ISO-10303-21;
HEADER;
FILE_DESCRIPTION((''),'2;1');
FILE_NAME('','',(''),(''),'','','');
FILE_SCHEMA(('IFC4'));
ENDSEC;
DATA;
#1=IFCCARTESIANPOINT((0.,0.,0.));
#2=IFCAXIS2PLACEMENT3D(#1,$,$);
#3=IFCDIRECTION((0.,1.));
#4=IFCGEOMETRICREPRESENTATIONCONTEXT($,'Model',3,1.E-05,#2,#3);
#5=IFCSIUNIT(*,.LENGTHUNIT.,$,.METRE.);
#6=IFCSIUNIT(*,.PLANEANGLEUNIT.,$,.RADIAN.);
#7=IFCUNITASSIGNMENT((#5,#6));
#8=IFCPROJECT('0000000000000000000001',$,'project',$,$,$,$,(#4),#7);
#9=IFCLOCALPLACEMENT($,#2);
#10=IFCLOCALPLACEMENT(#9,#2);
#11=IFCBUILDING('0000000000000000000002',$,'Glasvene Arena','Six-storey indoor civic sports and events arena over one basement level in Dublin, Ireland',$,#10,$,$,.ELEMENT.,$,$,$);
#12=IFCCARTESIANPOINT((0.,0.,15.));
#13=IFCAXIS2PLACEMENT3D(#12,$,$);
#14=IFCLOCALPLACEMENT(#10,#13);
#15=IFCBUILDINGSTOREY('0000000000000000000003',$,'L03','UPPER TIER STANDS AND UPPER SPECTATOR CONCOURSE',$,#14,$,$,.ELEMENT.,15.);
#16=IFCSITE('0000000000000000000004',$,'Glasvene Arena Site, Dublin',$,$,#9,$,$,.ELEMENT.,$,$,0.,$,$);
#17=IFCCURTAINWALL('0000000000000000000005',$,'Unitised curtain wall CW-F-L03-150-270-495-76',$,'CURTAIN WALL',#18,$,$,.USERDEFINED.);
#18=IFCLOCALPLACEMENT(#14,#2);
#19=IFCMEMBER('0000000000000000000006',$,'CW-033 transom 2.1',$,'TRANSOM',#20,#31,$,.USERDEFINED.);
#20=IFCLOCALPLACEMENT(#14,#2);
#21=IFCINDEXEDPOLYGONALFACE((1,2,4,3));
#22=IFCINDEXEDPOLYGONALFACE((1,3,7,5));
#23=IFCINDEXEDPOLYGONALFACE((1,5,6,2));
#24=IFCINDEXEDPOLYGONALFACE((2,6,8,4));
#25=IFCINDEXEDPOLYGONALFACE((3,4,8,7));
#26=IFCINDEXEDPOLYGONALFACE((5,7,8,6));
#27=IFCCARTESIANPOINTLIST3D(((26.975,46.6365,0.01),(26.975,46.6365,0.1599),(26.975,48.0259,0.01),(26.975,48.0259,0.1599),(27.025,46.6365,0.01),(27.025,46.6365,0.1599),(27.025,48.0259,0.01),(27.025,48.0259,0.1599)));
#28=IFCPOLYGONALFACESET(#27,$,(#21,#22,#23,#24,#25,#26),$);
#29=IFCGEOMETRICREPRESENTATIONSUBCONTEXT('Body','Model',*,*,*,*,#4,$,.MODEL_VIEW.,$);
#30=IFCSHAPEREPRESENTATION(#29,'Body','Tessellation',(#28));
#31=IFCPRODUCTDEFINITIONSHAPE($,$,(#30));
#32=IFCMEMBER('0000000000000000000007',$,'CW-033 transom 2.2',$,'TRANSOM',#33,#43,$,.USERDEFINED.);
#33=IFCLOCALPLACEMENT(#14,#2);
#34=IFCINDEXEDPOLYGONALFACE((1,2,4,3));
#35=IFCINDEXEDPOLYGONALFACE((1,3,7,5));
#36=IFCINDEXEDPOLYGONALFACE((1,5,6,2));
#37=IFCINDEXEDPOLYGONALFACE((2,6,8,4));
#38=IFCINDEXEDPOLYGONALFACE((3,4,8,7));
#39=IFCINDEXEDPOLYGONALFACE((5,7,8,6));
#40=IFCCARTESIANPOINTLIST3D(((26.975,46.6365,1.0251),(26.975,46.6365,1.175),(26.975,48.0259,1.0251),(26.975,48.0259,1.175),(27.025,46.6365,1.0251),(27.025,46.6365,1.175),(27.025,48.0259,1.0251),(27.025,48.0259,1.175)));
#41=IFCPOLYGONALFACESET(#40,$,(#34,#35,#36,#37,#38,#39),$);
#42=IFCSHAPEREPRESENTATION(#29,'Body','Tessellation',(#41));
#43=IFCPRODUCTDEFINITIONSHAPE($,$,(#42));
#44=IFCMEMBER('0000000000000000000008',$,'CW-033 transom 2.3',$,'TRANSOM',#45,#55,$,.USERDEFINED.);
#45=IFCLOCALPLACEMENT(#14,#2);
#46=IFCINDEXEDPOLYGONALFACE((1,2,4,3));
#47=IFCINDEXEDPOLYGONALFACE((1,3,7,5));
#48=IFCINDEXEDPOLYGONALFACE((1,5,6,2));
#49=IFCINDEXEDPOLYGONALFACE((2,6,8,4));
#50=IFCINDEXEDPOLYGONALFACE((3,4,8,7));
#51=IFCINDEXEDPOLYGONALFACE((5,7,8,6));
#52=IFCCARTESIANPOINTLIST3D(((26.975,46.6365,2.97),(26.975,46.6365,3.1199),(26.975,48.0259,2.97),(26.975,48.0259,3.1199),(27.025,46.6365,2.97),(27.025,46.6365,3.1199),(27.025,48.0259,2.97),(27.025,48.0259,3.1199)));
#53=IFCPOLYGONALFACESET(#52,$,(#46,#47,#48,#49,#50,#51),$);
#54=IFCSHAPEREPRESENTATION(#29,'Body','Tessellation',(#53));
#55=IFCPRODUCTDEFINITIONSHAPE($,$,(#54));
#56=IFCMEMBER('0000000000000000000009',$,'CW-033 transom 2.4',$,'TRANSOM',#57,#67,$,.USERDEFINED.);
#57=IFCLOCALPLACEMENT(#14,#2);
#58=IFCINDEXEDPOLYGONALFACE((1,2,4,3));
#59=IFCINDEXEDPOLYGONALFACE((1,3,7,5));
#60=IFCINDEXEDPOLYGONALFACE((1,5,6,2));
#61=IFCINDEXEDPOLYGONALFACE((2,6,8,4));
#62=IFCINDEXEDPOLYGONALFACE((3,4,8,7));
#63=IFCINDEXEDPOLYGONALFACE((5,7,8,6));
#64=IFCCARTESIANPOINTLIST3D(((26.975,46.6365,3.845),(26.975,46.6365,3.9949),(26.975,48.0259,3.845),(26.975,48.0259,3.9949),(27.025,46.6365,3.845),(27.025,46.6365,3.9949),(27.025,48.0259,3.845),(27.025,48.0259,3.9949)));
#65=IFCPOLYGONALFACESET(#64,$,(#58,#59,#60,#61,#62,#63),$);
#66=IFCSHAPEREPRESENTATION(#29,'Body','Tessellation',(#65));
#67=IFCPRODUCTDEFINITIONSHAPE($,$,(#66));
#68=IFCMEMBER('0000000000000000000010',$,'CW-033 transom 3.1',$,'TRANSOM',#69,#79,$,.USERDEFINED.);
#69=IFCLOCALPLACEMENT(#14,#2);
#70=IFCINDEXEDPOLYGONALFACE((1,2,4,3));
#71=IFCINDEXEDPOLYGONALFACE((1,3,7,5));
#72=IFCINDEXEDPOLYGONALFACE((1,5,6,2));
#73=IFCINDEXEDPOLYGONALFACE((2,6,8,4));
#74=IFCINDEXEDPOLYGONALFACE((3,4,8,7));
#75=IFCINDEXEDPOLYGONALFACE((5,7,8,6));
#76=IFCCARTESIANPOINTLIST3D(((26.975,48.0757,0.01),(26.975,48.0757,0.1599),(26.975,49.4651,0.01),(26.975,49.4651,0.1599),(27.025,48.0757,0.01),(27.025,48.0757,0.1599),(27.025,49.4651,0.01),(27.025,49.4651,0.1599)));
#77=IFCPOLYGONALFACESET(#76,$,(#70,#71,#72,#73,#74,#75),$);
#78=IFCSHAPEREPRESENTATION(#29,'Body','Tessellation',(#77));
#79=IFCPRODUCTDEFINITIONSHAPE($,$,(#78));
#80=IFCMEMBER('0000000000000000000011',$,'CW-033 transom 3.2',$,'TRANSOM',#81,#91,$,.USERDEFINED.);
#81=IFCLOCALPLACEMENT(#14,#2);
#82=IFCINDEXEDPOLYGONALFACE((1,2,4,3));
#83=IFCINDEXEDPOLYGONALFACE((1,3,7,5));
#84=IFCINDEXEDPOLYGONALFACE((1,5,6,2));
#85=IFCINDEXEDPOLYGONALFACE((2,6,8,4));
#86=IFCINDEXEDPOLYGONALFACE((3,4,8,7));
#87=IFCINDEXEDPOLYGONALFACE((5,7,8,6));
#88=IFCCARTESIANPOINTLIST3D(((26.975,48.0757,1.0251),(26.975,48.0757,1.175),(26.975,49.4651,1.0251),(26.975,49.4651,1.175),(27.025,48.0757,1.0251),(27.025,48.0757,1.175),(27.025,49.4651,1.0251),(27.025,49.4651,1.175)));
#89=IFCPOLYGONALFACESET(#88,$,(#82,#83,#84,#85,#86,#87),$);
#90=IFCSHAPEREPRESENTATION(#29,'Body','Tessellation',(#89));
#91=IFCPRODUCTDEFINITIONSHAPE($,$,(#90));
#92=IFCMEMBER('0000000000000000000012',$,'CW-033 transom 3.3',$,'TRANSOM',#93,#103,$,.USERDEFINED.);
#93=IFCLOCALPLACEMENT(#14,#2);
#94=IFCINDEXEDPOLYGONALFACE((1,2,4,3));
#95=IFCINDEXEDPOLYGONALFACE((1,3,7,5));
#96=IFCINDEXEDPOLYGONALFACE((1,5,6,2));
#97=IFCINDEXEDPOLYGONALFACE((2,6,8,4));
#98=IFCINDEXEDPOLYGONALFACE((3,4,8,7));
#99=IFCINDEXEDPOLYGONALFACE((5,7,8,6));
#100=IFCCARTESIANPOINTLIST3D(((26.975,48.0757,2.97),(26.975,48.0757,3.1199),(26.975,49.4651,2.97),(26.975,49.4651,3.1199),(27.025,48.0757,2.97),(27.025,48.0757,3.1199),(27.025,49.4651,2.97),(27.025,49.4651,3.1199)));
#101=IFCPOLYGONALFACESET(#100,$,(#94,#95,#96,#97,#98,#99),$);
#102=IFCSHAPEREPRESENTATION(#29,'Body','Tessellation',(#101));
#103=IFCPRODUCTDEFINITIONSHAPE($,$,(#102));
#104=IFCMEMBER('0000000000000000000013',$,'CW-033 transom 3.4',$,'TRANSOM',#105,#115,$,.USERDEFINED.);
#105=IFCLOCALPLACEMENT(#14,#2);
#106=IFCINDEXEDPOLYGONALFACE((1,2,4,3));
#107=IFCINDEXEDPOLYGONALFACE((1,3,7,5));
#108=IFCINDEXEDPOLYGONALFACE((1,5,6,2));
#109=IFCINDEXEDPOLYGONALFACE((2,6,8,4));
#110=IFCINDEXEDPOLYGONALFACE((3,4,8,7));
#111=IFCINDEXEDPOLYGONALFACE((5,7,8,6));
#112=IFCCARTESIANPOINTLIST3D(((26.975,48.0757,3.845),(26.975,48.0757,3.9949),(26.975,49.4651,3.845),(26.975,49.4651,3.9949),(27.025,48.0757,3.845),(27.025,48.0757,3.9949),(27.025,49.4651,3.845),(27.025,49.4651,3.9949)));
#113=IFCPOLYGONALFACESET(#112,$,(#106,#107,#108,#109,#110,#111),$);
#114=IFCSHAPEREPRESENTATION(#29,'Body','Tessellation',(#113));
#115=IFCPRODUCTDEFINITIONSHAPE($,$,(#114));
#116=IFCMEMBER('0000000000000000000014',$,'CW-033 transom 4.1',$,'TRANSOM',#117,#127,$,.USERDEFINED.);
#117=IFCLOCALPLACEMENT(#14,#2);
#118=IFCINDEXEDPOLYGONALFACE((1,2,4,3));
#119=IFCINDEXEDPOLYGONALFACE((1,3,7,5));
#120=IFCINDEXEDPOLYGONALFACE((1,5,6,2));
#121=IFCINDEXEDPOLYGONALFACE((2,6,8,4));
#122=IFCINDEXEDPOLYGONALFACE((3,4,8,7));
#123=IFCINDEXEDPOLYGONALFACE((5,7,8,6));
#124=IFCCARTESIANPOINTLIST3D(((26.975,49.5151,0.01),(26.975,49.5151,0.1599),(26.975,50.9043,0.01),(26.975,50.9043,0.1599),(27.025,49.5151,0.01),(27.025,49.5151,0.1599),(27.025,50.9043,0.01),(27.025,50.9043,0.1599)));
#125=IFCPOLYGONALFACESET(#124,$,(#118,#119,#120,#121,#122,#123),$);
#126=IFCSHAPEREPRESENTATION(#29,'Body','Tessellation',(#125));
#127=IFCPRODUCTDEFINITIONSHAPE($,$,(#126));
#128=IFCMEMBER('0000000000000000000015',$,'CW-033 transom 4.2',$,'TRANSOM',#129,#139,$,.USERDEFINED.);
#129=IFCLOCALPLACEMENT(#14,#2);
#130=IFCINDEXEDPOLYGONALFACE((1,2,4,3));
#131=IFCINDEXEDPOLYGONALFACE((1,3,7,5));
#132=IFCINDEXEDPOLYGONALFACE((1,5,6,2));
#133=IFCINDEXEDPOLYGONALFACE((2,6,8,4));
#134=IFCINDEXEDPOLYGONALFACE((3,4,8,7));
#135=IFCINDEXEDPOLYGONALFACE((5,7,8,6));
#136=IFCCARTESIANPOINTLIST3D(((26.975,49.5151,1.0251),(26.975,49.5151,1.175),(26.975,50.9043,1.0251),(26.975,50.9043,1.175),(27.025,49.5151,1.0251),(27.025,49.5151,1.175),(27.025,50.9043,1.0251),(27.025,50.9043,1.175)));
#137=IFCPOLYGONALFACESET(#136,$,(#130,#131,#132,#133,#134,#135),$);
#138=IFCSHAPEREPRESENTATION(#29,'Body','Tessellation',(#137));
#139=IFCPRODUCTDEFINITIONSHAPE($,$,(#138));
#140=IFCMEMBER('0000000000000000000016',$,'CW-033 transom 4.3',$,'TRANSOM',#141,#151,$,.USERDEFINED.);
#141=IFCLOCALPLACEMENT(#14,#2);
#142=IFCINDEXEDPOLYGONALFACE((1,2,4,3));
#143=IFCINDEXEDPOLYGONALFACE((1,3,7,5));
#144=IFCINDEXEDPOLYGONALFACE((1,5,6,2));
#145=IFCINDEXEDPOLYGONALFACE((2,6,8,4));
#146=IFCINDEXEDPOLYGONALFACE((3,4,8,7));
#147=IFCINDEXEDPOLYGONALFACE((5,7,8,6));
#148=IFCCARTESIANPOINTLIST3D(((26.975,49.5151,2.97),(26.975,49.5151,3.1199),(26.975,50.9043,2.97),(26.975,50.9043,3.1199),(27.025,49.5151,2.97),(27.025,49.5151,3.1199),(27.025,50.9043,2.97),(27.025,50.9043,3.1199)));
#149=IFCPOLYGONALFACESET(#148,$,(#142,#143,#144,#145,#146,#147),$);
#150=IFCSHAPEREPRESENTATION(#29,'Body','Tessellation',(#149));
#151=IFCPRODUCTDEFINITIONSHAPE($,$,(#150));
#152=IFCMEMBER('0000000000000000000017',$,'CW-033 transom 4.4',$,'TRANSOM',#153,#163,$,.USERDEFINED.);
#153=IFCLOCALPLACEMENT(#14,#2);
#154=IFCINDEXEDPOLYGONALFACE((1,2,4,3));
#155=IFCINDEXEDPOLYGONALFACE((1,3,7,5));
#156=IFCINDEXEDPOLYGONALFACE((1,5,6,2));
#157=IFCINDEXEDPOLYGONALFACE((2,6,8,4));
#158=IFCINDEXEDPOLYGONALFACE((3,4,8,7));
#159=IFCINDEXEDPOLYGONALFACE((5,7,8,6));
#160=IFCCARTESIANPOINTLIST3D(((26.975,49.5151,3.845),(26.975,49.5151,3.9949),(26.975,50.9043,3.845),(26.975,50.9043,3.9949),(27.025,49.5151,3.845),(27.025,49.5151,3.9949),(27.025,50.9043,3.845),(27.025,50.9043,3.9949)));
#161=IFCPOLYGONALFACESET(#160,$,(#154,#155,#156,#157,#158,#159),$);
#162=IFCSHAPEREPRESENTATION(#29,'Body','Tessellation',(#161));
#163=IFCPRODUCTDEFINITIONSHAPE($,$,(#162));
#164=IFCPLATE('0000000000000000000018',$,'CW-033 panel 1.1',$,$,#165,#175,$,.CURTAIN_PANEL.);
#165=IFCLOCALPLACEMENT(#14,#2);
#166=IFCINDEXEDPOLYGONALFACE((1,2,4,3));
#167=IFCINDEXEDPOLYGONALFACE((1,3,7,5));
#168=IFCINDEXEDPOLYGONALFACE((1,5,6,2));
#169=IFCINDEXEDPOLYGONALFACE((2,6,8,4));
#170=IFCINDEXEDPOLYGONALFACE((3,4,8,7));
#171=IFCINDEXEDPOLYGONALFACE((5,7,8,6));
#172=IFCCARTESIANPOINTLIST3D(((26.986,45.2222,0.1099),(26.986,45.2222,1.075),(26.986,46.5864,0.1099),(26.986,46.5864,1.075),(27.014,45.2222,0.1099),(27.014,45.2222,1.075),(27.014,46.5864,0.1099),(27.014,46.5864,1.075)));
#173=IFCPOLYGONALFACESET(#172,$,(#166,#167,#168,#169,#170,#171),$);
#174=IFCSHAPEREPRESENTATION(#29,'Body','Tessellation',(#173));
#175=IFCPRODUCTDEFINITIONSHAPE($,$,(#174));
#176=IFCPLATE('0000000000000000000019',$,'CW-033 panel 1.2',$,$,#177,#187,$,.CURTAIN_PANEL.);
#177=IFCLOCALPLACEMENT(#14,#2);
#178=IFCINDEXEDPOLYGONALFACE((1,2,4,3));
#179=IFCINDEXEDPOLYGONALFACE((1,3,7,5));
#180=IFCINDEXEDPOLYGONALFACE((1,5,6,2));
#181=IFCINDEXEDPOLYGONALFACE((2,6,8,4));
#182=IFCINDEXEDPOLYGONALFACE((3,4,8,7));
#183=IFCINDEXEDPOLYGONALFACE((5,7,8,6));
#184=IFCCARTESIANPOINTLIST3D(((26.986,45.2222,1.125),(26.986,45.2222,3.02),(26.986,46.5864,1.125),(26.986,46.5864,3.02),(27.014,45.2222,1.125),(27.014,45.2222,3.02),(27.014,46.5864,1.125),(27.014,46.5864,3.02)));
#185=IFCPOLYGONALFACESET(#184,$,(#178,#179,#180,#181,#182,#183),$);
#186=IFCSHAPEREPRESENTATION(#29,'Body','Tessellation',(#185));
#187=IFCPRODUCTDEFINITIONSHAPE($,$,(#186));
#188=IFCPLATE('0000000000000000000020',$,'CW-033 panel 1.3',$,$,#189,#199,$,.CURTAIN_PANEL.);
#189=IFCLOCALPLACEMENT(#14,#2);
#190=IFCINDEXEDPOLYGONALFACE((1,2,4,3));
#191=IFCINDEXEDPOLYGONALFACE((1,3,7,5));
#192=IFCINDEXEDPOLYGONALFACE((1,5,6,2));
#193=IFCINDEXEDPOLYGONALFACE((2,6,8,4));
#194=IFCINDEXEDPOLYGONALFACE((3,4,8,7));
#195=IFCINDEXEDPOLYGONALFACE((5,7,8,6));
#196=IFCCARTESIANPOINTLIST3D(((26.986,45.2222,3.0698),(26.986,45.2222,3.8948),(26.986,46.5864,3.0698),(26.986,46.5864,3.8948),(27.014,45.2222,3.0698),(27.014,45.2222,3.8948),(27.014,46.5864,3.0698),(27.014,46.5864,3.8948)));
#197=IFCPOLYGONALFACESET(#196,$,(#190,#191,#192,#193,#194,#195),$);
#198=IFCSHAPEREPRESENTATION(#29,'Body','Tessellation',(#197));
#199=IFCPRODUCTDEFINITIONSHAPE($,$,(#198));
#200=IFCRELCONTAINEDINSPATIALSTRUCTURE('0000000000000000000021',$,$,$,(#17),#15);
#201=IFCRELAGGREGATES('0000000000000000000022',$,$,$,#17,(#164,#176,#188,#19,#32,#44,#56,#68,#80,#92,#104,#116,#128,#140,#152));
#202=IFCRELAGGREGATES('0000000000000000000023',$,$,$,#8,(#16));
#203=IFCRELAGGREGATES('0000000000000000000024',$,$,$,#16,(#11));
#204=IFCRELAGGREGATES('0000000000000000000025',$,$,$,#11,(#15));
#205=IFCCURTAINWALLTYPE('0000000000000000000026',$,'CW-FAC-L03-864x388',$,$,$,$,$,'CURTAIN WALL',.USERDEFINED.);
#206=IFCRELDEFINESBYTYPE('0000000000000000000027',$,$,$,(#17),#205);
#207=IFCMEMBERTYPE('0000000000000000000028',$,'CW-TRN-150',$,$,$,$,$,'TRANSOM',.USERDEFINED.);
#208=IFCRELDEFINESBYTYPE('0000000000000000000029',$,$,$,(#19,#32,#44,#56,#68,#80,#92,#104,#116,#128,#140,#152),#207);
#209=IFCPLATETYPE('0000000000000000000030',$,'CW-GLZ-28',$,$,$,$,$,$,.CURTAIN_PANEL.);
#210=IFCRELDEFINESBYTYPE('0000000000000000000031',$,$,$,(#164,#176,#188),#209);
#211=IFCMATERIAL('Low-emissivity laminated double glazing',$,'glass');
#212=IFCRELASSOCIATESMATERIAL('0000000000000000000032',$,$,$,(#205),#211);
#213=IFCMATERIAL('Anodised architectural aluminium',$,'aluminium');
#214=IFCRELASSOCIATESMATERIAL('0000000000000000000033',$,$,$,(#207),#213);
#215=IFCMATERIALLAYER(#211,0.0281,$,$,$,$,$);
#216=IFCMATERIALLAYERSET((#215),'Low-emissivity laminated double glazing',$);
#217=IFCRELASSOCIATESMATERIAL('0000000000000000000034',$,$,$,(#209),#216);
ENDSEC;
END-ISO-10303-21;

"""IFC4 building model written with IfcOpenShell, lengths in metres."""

from ifc_helpers import new_model, si_unit, direction, frame, origin, origin_2d, place, context, subcontext, project, spatial, rectangle, extrude, material, layer, layer_set, material_profile, profile_set, type_object, element, aggregate, save


model = new_model("IFC4")

# Units and contexts
model_context = context("Model", 3, precision=1e-05, world=origin(), true_north=direction((0.0, 1.0)))
body_context = subcontext(model_context, "Body", "Model", "MODEL_VIEW")
ifc_project = project(units=[si_unit("LENGTHUNIT", "METRE"), si_unit("PLANEANGLEUNIT", "RADIAN")], contexts=[model_context])

# Site, building, storey
site_placement = place(None, origin())
site = spatial("IfcSite", under=ifc_project, at=site_placement, Name="Glasvene Arena Site, Dublin", CompositionType="ELEMENT", RefElevation=0.0)
building_placement = place(site_placement, origin())
building = spatial("IfcBuilding", under=site, at=building_placement, Name="Glasvene Arena", Description="Six-storey indoor civic sports and events arena over one basement level in Dublin, Ireland", CompositionType="ELEMENT")
storey_placement = place(building_placement, frame((0.0, 0.0, 15.0)))
storey = spatial("IfcBuildingStorey", under=building, at=storey_placement, Name="L03", Description="UPPER TIER STANDS AND UPPER SPECTATOR CONCOURSE", CompositionType="ELEMENT", Elevation=15.0)

# Curtain wall, members, plates
ifc_material_1 = material(Name="Low-emissivity laminated double glazing", Category="glass")
curtain_wall_type = type_object("IfcCurtainWallType", Name="CW-FAC-L03-864x388", ElementType="CURTAIN WALL", PredefinedType="USERDEFINED", material=ifc_material_1)
curtain_wall_placement = place(storey_placement, frame((27.0, 45.1721, 0.0)))
curtain_wall = element("IfcCurtainWall", 1, at=curtain_wall_placement, inside=storey, type_object=curtain_wall_type, Name="Unitised curtain wall CW-F-L03-150-270-495-76", ObjectType="CURTAIN WALL", PredefinedType="USERDEFINED")
ifc_material_2 = material(Name="Anodised architectural aluminium", Category="aluminium")
ifc_material_profile_1 = material_profile(ifc_material_2, rectangle(XDim=0.05, YDim=0.1499, at=origin_2d()), Name="ALU TRANSOM 50x150")
ifc_profile_set_1 = profile_set([ifc_material_profile_1], Name="Anodised architectural aluminium")
member_type_1 = type_object("IfcMemberType", Name="CW-TRN-150", ElementType="TRANSOM", PredefinedType="USERDEFINED", material=ifc_profile_set_1)
member_1_placement = place(storey_placement, frame((27.0, 46.6365, 0.085), z_axis=(0.0, 1.0, 0.0), x_axis=(-1.0, 0.0, 0.0)))
member_1 = element("IfcMember", 2, at=member_1_placement, type_object=member_type_1, Name="CW-033 transom 2.1", ObjectType="TRANSOM", PredefinedType="USERDEFINED", context=body_context, shape_type="SweptSolid", body=[
    extrude(rectangle(XDim=0.05, YDim=0.1499, at=origin_2d()), origin(), (0.0, 0.0, 1.0), 1.3894),
])
member_2_placement = place(storey_placement, frame((27.0, 46.6365, 1.1001), z_axis=(0.0, 1.0, 0.0), x_axis=(-1.0, 0.0, 0.0)))
member_2 = element("IfcMember", 3, at=member_2_placement, type_object=member_type_1, Name="CW-033 transom 2.2", ObjectType="TRANSOM", PredefinedType="USERDEFINED", context=body_context, shape_type="SweptSolid", body=[
    extrude(rectangle(XDim=0.05, YDim=0.1499, at=origin_2d()), origin(), (0.0, 0.0, 1.0), 1.3894),
])
member_3_placement = place(storey_placement, frame((27.0, 46.6365, 3.0449), z_axis=(0.0, 1.0, 0.0), x_axis=(-1.0, 0.0, 0.0)))
member_3 = element("IfcMember", 4, at=member_3_placement, type_object=member_type_1, Name="CW-033 transom 2.3", ObjectType="TRANSOM", PredefinedType="USERDEFINED", context=body_context, shape_type="SweptSolid", body=[
    extrude(rectangle(XDim=0.05, YDim=0.1499, at=origin_2d()), origin(), (0.0, 0.0, 1.0), 1.3894),
])
member_4_placement = place(storey_placement, frame((27.0, 46.6365, 3.9199), z_axis=(0.0, 1.0, 0.0), x_axis=(-1.0, 0.0, 0.0)))
member_4 = element("IfcMember", 5, at=member_4_placement, type_object=member_type_1, Name="CW-033 transom 2.4", ObjectType="TRANSOM", PredefinedType="USERDEFINED", context=body_context, shape_type="SweptSolid", body=[
    extrude(rectangle(XDim=0.05, YDim=0.1499, at=origin_2d()), origin(), (0.0, 0.0, 1.0), 1.3894),
])
member_5_placement = place(storey_placement, frame((27.0, 48.0757, 0.085), z_axis=(0.0, 1.0, 0.0), x_axis=(-1.0, 0.0, 0.0)))
member_5 = element("IfcMember", 6, at=member_5_placement, type_object=member_type_1, Name="CW-033 transom 3.1", ObjectType="TRANSOM", PredefinedType="USERDEFINED", context=body_context, shape_type="SweptSolid", body=[
    extrude(rectangle(XDim=0.05, YDim=0.1499, at=origin_2d()), origin(), (0.0, 0.0, 1.0), 1.3894),
])
member_6_placement = place(storey_placement, frame((27.0, 48.0757, 1.1001), z_axis=(0.0, 1.0, 0.0), x_axis=(-1.0, 0.0, 0.0)))
member_6 = element("IfcMember", 7, at=member_6_placement, type_object=member_type_1, Name="CW-033 transom 3.2", ObjectType="TRANSOM", PredefinedType="USERDEFINED", context=body_context, shape_type="SweptSolid", body=[
    extrude(rectangle(XDim=0.05, YDim=0.1499, at=origin_2d()), origin(), (0.0, 0.0, 1.0), 1.3894),
])
member_7_placement = place(storey_placement, frame((27.0, 48.0757, 3.0449), z_axis=(0.0, 1.0, 0.0), x_axis=(-1.0, 0.0, 0.0)))
member_7 = element("IfcMember", 8, at=member_7_placement, type_object=member_type_1, Name="CW-033 transom 3.3", ObjectType="TRANSOM", PredefinedType="USERDEFINED", context=body_context, shape_type="SweptSolid", body=[
    extrude(rectangle(XDim=0.05, YDim=0.1499, at=origin_2d()), origin(), (0.0, 0.0, 1.0), 1.3894),
])
member_8_placement = place(storey_placement, frame((27.0, 48.0757, 3.9199), z_axis=(0.0, 1.0, 0.0), x_axis=(-1.0, 0.0, 0.0)))
member_8 = element("IfcMember", 9, at=member_8_placement, type_object=member_type_1, Name="CW-033 transom 3.4", ObjectType="TRANSOM", PredefinedType="USERDEFINED", context=body_context, shape_type="SweptSolid", body=[
    extrude(rectangle(XDim=0.05, YDim=0.1499, at=origin_2d()), origin(), (0.0, 0.0, 1.0), 1.3894),
])
member_9_placement = place(storey_placement, frame((27.0, 49.5151, 0.085), z_axis=(0.0, 1.0, 0.0), x_axis=(-1.0, 0.0, 0.0)))
member_9 = element("IfcMember", 10, at=member_9_placement, type_object=member_type_1, Name="CW-033 transom 4.1", ObjectType="TRANSOM", PredefinedType="USERDEFINED", context=body_context, shape_type="SweptSolid", body=[
    extrude(rectangle(XDim=0.05, YDim=0.1499, at=origin_2d()), origin(), (0.0, 0.0, 1.0), 1.3892),
])
member_10_placement = place(storey_placement, frame((27.0, 49.5151, 1.1001), z_axis=(0.0, 1.0, 0.0), x_axis=(-1.0, 0.0, 0.0)))
member_10 = element("IfcMember", 11, at=member_10_placement, type_object=member_type_1, Name="CW-033 transom 4.2", ObjectType="TRANSOM", PredefinedType="USERDEFINED", context=body_context, shape_type="SweptSolid", body=[
    extrude(rectangle(XDim=0.05, YDim=0.1499, at=origin_2d()), origin(), (0.0, 0.0, 1.0), 1.3892),
])
member_11_placement = place(storey_placement, frame((27.0, 49.5151, 3.0449), z_axis=(0.0, 1.0, 0.0), x_axis=(-1.0, 0.0, 0.0)))
member_11 = element("IfcMember", 12, at=member_11_placement, type_object=member_type_1, Name="CW-033 transom 4.3", ObjectType="TRANSOM", PredefinedType="USERDEFINED", context=body_context, shape_type="SweptSolid", body=[
    extrude(rectangle(XDim=0.05, YDim=0.1499, at=origin_2d()), origin(), (0.0, 0.0, 1.0), 1.3892),
])
member_12_placement = place(storey_placement, frame((27.0, 49.5151, 3.9199), z_axis=(0.0, 1.0, 0.0), x_axis=(-1.0, 0.0, 0.0)))
member_12 = element("IfcMember", 13, at=member_12_placement, type_object=member_type_1, Name="CW-033 transom 4.4", ObjectType="TRANSOM", PredefinedType="USERDEFINED", context=body_context, shape_type="SweptSolid", body=[
    extrude(rectangle(XDim=0.05, YDim=0.1499, at=origin_2d()), origin(), (0.0, 0.0, 1.0), 1.3892),
])
ifc_layer_1 = layer(ifc_material_1, 0.0281)
ifc_layer_set_1 = layer_set([ifc_layer_1], Name="Low-emissivity laminated double glazing")
plate_type = type_object("IfcPlateType", Name="CW-GLZ-28", PredefinedType="CURTAIN_PANEL", material=ifc_layer_set_1)
plate_1_placement = place(storey_placement, frame((27.0, 45.9043, 0.1099), z_axis=(0.0, 0.0, 1.0), x_axis=(0.0, 1.0, 0.0)))
plate_1 = element("IfcPlate", 14, at=plate_1_placement, type_object=plate_type, Name="CW-033 panel 1.1", PredefinedType="CURTAIN_PANEL", context=body_context, shape_type="SweptSolid", body=[
    extrude(rectangle(XDim=1.3643, YDim=0.0281, at=origin_2d()), origin(), (0.0, 0.0, 1.0), 0.9651),
])
plate_2_placement = place(storey_placement, frame((27.0, 45.9043, 1.125), z_axis=(0.0, 0.0, 1.0), x_axis=(0.0, 1.0, 0.0)))
plate_2 = element("IfcPlate", 15, at=plate_2_placement, type_object=plate_type, Name="CW-033 panel 1.2", PredefinedType="CURTAIN_PANEL", context=body_context, shape_type="SweptSolid", body=[
    extrude(rectangle(XDim=1.3643, YDim=0.0281, at=origin_2d()), origin(), (0.0, 0.0, 1.0), 1.895),
])
plate_3_placement = place(storey_placement, frame((27.0, 45.9043, 3.0698), z_axis=(0.0, 0.0, 1.0), x_axis=(0.0, 1.0, 0.0)))
plate_3 = element("IfcPlate", 16, at=plate_3_placement, type_object=plate_type, Name="CW-033 panel 1.3", PredefinedType="CURTAIN_PANEL", context=body_context, shape_type="SweptSolid", body=[
    extrude(rectangle(XDim=1.3643, YDim=0.0281, at=origin_2d()), origin(), (0.0, 0.0, 1.0), 0.825),
])
aggregate(curtain_wall, [plate_1, plate_2, plate_3, member_1, member_2, member_3, member_4, member_5, member_6, member_7, member_8, member_9, member_10, member_11, member_12])

save(model, "model.ifc")
